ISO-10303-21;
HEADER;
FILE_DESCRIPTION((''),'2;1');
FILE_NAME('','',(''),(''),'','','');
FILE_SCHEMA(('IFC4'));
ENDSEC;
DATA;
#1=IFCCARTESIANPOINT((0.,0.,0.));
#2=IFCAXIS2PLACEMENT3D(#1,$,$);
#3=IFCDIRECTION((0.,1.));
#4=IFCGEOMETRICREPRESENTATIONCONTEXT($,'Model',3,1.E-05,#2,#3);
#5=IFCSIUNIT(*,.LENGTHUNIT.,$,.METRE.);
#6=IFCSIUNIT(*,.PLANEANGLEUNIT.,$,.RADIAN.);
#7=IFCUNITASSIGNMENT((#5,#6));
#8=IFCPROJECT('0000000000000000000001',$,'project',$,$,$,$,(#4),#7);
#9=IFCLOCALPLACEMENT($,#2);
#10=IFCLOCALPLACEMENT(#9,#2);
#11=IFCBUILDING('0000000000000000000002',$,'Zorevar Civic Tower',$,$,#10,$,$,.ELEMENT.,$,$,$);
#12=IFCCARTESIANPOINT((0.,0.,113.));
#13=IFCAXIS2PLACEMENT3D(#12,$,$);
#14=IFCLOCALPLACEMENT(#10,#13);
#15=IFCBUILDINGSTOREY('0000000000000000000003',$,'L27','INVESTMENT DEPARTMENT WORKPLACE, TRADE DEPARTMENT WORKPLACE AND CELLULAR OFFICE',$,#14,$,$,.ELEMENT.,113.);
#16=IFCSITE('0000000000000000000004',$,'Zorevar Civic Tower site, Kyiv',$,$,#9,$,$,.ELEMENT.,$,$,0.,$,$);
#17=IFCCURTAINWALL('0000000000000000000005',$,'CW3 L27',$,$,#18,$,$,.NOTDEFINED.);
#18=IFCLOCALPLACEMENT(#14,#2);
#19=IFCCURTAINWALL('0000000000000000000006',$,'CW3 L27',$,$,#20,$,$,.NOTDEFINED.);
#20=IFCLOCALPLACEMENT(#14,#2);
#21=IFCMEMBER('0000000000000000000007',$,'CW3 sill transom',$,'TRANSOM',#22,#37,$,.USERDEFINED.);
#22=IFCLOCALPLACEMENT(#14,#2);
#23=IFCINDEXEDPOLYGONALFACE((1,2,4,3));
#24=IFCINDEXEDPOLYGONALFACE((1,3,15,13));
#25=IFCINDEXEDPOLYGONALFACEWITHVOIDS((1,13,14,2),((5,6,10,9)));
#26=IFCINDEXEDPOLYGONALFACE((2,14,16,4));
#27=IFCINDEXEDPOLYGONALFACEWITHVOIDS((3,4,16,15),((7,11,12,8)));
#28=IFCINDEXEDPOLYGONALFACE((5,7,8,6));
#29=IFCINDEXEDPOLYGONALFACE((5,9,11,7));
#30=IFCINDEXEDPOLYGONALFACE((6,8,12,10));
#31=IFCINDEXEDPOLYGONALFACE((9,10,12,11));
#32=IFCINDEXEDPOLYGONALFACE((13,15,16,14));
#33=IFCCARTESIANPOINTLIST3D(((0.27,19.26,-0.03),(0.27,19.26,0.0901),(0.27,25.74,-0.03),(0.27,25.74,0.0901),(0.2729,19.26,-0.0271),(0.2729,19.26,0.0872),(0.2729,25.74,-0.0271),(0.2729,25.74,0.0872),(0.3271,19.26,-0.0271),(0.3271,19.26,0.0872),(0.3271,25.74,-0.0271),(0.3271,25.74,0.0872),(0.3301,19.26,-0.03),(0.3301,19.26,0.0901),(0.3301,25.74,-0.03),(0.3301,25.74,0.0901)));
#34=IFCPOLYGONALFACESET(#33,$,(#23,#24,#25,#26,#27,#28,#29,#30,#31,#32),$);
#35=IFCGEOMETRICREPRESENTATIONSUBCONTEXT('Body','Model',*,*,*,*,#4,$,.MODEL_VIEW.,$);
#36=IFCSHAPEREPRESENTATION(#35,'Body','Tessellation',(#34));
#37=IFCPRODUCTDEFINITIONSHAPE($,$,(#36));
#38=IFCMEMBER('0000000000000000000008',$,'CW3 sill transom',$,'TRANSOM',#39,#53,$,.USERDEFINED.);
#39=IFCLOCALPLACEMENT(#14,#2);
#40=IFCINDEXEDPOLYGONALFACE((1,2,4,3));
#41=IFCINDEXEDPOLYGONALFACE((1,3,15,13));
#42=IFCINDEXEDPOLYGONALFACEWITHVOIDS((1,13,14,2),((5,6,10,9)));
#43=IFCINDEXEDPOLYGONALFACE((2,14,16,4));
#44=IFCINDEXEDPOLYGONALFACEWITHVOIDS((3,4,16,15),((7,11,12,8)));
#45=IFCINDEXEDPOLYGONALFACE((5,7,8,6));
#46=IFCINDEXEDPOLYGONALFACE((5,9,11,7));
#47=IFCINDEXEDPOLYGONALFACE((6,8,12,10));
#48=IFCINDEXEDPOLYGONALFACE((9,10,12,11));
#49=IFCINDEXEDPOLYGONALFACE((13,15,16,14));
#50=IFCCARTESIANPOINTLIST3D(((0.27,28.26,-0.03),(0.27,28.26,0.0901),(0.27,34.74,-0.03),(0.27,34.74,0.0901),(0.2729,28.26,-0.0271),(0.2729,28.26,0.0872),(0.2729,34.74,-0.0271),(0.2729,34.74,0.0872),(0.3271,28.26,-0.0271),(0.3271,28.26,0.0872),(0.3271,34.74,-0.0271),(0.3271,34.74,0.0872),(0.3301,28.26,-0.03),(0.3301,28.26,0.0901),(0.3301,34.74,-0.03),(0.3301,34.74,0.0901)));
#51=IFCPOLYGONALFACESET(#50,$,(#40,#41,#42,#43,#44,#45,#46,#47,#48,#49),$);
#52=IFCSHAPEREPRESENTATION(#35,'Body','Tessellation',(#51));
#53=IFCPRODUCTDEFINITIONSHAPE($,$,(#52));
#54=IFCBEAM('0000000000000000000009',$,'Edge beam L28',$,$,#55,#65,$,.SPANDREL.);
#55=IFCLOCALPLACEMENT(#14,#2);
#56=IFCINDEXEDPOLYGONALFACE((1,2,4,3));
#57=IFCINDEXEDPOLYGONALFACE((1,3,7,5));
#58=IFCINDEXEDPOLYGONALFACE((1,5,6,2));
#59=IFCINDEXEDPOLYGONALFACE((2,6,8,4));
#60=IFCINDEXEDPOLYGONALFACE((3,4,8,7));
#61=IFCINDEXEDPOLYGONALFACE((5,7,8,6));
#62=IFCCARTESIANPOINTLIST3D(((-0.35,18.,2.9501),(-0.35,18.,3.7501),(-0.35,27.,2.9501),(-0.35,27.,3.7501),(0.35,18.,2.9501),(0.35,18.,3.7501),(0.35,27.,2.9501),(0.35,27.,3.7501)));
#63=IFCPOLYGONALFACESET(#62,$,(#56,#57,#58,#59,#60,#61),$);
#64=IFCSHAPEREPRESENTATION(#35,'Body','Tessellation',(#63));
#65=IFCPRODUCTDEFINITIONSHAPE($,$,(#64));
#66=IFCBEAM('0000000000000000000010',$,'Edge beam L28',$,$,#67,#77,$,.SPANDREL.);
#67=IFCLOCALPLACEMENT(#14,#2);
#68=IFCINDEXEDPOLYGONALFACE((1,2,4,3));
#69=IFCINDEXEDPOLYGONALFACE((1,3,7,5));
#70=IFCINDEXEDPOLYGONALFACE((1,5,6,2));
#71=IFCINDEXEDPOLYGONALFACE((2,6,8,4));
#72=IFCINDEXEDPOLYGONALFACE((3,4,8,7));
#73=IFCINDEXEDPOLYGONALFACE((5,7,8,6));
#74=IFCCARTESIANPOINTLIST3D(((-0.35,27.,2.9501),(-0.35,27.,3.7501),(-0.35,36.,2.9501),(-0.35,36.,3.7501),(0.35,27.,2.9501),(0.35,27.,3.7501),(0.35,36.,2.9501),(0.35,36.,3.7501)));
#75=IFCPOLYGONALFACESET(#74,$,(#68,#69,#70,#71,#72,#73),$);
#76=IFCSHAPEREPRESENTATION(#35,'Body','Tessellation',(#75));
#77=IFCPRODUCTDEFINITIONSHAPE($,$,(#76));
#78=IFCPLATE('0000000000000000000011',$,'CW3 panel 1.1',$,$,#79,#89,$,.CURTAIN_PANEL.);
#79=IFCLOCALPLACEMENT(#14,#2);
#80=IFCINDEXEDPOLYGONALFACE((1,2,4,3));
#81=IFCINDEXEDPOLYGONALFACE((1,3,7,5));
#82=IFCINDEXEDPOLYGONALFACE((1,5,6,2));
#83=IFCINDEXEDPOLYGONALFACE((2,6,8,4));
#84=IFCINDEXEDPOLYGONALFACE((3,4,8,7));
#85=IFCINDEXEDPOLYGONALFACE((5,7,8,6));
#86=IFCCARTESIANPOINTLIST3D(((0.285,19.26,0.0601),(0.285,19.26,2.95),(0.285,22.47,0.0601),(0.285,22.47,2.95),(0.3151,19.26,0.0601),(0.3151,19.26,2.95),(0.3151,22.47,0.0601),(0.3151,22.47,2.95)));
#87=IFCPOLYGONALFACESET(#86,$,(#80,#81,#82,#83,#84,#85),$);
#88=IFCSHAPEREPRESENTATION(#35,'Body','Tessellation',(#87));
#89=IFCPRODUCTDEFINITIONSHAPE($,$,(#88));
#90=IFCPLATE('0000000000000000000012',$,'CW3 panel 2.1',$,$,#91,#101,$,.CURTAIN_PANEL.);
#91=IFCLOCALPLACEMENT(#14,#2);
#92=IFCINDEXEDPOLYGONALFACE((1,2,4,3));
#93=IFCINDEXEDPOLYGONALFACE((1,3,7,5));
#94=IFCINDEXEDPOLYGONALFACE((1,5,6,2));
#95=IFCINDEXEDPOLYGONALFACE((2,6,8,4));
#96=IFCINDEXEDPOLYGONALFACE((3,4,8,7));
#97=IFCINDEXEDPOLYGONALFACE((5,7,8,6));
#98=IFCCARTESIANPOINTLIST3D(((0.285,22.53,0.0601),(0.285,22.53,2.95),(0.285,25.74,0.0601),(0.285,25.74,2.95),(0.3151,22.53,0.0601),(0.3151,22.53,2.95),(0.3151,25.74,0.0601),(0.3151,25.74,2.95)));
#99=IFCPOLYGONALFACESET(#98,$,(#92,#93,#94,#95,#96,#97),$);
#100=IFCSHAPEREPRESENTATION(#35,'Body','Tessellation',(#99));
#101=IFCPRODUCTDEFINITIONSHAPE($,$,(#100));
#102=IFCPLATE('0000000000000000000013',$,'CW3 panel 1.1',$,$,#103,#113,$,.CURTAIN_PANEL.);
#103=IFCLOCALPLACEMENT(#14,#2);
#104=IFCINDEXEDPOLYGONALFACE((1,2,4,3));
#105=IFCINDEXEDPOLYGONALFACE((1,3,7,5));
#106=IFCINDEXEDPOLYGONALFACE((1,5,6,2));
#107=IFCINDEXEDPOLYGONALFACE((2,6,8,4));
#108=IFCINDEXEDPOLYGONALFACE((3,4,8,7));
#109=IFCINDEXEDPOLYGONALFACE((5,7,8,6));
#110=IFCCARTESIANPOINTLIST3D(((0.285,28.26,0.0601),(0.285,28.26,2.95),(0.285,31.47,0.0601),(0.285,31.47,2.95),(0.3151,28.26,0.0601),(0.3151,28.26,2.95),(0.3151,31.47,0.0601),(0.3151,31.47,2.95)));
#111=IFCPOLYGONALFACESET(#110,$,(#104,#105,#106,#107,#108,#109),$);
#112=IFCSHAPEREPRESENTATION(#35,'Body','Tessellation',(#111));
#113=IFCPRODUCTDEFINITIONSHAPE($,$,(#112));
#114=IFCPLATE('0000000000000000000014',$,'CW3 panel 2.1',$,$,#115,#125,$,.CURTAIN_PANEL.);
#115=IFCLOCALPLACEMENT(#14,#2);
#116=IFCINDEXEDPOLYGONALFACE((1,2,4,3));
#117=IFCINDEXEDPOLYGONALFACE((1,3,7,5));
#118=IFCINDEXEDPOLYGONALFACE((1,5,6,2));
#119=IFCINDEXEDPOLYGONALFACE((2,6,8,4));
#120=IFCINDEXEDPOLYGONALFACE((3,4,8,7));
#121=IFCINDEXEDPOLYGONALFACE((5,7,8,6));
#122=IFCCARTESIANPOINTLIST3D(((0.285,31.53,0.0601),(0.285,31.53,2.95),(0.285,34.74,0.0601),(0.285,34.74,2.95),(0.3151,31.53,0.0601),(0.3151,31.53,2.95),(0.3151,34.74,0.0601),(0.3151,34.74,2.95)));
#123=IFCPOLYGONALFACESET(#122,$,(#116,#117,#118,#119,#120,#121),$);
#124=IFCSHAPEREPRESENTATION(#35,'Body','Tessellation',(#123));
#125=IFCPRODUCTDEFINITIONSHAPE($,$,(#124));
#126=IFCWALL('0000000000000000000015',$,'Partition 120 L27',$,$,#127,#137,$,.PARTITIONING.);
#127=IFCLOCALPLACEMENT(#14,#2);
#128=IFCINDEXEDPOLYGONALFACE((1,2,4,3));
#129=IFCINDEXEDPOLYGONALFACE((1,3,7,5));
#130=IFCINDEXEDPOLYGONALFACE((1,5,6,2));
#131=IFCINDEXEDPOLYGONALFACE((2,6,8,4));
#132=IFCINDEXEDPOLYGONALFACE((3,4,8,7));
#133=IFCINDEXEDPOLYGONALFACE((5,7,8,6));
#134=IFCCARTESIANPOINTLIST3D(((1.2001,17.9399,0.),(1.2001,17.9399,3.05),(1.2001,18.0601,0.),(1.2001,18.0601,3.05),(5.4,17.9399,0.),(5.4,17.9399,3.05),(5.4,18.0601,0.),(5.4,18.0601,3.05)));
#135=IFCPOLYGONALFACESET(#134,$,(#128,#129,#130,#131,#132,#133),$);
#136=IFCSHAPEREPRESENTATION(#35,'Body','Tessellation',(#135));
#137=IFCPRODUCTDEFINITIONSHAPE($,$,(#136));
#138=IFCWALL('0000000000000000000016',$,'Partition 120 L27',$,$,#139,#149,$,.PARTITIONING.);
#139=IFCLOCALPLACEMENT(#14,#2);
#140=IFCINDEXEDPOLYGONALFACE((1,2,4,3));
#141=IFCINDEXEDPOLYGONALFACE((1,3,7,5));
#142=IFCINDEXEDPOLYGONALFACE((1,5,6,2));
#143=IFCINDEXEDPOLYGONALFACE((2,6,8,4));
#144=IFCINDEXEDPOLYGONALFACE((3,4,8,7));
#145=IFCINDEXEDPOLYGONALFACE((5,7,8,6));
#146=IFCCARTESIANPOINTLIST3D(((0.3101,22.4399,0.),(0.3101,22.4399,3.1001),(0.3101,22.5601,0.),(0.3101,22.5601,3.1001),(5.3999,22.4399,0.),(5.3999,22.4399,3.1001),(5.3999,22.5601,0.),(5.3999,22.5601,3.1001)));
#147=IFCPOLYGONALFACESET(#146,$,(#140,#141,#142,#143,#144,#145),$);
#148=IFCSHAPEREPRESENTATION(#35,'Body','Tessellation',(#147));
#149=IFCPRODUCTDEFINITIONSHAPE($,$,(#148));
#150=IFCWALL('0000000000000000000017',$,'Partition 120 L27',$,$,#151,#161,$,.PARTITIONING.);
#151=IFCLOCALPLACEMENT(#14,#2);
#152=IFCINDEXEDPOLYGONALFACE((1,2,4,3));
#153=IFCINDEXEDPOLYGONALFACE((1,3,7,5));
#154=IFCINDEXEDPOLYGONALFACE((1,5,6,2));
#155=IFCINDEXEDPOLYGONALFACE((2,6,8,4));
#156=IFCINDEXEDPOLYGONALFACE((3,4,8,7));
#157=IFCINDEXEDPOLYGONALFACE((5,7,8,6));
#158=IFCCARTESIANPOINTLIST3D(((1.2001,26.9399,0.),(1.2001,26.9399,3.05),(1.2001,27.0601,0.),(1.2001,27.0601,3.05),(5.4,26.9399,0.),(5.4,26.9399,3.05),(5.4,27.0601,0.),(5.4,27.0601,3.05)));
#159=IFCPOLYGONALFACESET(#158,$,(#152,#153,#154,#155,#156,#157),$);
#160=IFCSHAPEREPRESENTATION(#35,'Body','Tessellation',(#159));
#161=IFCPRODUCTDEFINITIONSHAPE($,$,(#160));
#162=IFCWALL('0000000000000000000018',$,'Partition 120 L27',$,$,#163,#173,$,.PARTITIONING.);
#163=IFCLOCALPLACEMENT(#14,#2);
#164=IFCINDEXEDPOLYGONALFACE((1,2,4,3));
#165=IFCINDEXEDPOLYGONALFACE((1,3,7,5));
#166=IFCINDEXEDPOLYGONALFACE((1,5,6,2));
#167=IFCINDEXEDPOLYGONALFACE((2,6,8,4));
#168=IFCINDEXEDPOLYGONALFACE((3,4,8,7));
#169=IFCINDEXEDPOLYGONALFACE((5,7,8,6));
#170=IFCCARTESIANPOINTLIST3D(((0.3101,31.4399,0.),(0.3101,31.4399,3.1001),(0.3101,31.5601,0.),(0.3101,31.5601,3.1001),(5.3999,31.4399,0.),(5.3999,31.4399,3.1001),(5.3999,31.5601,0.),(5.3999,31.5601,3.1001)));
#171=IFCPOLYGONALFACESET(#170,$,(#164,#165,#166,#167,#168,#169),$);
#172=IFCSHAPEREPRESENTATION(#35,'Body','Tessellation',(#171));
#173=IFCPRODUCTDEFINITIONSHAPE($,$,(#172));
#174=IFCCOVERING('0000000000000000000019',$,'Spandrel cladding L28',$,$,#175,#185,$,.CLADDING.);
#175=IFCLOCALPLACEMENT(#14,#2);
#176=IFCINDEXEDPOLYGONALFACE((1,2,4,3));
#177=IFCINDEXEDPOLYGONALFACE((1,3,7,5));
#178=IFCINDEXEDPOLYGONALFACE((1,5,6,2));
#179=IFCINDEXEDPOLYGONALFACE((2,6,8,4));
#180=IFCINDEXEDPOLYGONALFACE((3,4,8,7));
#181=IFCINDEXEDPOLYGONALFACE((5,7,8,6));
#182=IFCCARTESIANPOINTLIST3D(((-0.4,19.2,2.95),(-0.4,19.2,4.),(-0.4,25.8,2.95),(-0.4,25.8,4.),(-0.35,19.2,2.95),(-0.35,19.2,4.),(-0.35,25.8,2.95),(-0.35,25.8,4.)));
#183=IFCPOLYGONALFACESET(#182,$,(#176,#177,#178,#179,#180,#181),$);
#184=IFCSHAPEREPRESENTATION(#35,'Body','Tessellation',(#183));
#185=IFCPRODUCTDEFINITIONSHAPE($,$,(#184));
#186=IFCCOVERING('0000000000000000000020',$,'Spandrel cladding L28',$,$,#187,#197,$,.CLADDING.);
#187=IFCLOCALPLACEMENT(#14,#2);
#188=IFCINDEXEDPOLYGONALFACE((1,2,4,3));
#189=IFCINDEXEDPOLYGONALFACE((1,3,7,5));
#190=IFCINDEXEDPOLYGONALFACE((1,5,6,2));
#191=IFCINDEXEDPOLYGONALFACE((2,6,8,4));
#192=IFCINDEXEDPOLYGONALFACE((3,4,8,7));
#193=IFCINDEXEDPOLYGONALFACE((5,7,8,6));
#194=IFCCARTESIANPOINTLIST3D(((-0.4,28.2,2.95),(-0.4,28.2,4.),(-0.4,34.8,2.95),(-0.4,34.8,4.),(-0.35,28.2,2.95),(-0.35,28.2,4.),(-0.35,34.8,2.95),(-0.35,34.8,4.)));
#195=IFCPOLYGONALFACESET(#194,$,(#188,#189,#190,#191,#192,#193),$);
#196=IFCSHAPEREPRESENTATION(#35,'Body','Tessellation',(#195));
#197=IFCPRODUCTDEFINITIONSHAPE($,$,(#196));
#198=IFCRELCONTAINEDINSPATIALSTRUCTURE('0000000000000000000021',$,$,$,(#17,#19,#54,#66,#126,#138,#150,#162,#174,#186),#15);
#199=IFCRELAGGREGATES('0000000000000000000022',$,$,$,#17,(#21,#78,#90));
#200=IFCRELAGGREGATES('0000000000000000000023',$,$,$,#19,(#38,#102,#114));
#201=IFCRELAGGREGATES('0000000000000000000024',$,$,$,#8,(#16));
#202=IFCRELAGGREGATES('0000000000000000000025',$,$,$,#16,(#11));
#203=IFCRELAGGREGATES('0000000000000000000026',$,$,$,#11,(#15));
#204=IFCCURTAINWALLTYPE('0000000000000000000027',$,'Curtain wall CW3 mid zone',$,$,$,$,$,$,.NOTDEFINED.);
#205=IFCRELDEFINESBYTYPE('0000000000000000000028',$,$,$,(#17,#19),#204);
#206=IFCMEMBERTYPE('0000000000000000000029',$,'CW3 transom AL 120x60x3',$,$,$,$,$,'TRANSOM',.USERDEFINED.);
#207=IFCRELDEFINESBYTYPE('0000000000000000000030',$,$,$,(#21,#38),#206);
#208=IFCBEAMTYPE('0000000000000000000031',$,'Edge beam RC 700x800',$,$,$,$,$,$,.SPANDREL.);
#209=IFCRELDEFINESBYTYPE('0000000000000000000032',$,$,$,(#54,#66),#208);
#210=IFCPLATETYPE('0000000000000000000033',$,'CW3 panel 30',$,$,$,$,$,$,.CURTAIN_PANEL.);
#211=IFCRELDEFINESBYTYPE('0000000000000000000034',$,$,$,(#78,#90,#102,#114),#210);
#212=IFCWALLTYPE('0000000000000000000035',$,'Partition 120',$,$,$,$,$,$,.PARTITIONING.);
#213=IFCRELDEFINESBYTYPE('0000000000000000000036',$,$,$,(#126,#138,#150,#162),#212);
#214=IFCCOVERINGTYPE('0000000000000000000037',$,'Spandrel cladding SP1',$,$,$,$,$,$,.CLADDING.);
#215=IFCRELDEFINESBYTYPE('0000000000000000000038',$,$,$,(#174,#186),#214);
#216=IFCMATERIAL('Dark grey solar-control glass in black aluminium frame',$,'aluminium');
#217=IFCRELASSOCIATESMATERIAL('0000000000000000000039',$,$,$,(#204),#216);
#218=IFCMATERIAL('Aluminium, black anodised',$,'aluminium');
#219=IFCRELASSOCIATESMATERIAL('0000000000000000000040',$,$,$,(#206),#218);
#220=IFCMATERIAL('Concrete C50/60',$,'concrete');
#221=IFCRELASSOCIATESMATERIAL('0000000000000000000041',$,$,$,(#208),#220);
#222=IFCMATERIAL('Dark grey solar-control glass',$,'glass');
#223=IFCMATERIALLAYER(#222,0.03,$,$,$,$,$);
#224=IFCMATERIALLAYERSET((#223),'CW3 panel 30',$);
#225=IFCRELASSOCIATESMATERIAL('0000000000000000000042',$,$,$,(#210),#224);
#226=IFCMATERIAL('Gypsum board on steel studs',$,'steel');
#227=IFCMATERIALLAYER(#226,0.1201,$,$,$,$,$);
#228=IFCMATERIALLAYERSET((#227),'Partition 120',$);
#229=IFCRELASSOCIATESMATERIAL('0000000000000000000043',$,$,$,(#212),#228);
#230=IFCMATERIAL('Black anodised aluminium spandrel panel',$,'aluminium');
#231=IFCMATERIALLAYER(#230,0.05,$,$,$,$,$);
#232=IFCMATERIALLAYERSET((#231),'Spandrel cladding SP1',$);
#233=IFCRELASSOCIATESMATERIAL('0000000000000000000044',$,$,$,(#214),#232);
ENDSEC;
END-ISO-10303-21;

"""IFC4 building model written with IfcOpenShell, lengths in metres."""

from ifc_helpers import new_model, si_unit, direction, frame, frame_2d, origin, origin_2d, place, context, subcontext, project, spatial, rectangle, hollow_rectangle, extrude, material, layer, layer_set, material_profile, profile_set, type_object, element, aggregate, save


model = new_model("IFC4")

# Units and contexts
model_context = context("Model", 3, precision=1e-05, world=origin(), true_north=direction((0.0, 1.0)))
body_context = subcontext(model_context, "Body", "Model", "MODEL_VIEW")
ifc_project = project(units=[si_unit("LENGTHUNIT", "METRE"), si_unit("PLANEANGLEUNIT", "RADIAN")], contexts=[model_context])

# Site, building, storey
site_placement = place(None, origin())
site = spatial("IfcSite", under=ifc_project, at=site_placement, Name="Zorevar Civic Tower site, Kyiv", CompositionType="ELEMENT", RefElevation=0.0)
building_placement = place(site_placement, origin())
building = spatial("IfcBuilding", under=site, at=building_placement, Name="Zorevar Civic Tower", CompositionType="ELEMENT")
storey_placement = place(building_placement, frame((0.0, 0.0, 113.0)))
storey = spatial("IfcBuildingStorey", under=building, at=storey_placement, Name="L27", Description="INVESTMENT DEPARTMENT WORKPLACE, TRADE DEPARTMENT WORKPLACE AND CELLULAR OFFICE", CompositionType="ELEMENT", Elevation=113.0)

# Curtain walls
ifc_material_1 = material(Name="Dark grey solar-control glass in black aluminium frame", Category="aluminium")
curtain_wall_type = type_object("IfcCurtainWallType", Name="Curtain wall CW3 mid zone", PredefinedType="NOTDEFINED", material=ifc_material_1)
curtain_wall_1_placement = place(storey_placement, origin())
curtain_wall_1 = element("IfcCurtainWall", 1, at=curtain_wall_1_placement, inside=storey, type_object=curtain_wall_type, Name="CW3 L27", PredefinedType="NOTDEFINED")
curtain_wall_2_placement = place(storey_placement, origin())
curtain_wall_2 = element("IfcCurtainWall", 2, at=curtain_wall_2_placement, inside=storey, type_object=curtain_wall_type, Name="CW3 L27", PredefinedType="NOTDEFINED")

# Members
ifc_material_2 = material(Name="Aluminium, black anodised", Category="aluminium")
ifc_material_profile_1 = material_profile(ifc_material_2, hollow_rectangle(XDim=0.0601, YDim=0.1201, WallThickness=0.0029, at=origin_2d()), Name="AL 120x60x3")
ifc_profile_set_1 = profile_set([ifc_material_profile_1], Name="Aluminium, black anodised")
member_type_1 = type_object("IfcMemberType", Name="CW3 transom AL 120x60x3", ElementType="TRANSOM", PredefinedType="USERDEFINED", material=ifc_profile_set_1)
member_1_placement = place(storey_placement, frame((0.3, 19.26, 0.03), z_axis=(0.0, 1.0, 0.0), x_axis=(-1.0, 0.0, 0.0)))
member_1 = element("IfcMember", 3, at=member_1_placement, type_object=member_type_1, Name="CW3 sill transom", ObjectType="TRANSOM", PredefinedType="USERDEFINED", context=body_context, shape_type="SweptSolid", body=[
    extrude(hollow_rectangle(XDim=0.0601, YDim=0.1201, WallThickness=0.0029, at=origin_2d()), origin(), (0.0, 0.0, 1.0), 6.48),
])
member_2_placement = place(storey_placement, frame((0.3, 28.26, 0.03), z_axis=(0.0, 1.0, 0.0), x_axis=(-1.0, 0.0, 0.0)))
member_2 = element("IfcMember", 4, at=member_2_placement, type_object=member_type_1, Name="CW3 sill transom", ObjectType="TRANSOM", PredefinedType="USERDEFINED", context=body_context, shape_type="SweptSolid", body=[
    extrude(hollow_rectangle(XDim=0.0601, YDim=0.1201, WallThickness=0.0029, at=origin_2d()), origin(), (0.0, 0.0, 1.0), 6.48),
])

# Beams
ifc_material_3 = material(Name="Concrete C50/60", Category="concrete")
ifc_material_profile_2 = material_profile(ifc_material_3, rectangle(XDim=0.7, YDim=0.8, at=origin_2d()), Name="RC 700x800")
ifc_profile_set_2 = profile_set([ifc_material_profile_2], Name="Concrete C50/60")
beam_type_1 = type_object("IfcBeamType", Name="Edge beam RC 700x800", PredefinedType="SPANDREL", material=ifc_profile_set_2)
for number, where, z_axis, x_axis, name in (
    (5, (0.0, 18.0, 3.3501), (0.0, 1.0, 0.0), (-1.0, 0.0, 0.0), "Edge beam L28"),
    (6, (0.0, 27.0, 3.3501), (0.0, 1.0, 0.0), (-1.0, 0.0, 0.0), "Edge beam L28"),
):
    element("IfcBeam", number, at=place(storey_placement, frame(where, z_axis=z_axis, x_axis=x_axis)), inside=storey, type_object=beam_type_1, Name=name, PredefinedType="SPANDREL", context=body_context, shape_type="SweptSolid", body=[
        extrude(rectangle(XDim=0.7, YDim=0.8, at=origin_2d()), origin(), (0.0, 0.0, 1.0), 9.0),
    ])

# Plates
ifc_material_4 = material(Name="Dark grey solar-control glass", Category="glass")
ifc_layer_1 = layer(ifc_material_4, 0.03)
ifc_layer_set_1 = layer_set([ifc_layer_1], Name="CW3 panel 30")
plate_type = type_object("IfcPlateType", Name="CW3 panel 30", PredefinedType="CURTAIN_PANEL", material=ifc_layer_set_1)
plate_1_placement = place(storey_placement, frame((0.3, 20.865, 0.0601), z_axis=(0.0, 0.0, 1.0), x_axis=(0.0, 1.0, 0.0)))
plate_1 = element("IfcPlate", 7, at=plate_1_placement, type_object=plate_type, Name="CW3 panel 1.1", PredefinedType="CURTAIN_PANEL", context=body_context, shape_type="SweptSolid", body=[
    extrude(rectangle(XDim=3.21, YDim=0.03, at=origin_2d()), origin(), (0.0, 0.0, 1.0), 2.8899),
])
plate_2_placement = place(storey_placement, frame((0.3, 24.135, 0.0601), z_axis=(0.0, 0.0, 1.0), x_axis=(0.0, 1.0, 0.0)))
plate_2 = element("IfcPlate", 8, at=plate_2_placement, type_object=plate_type, Name="CW3 panel 2.1", PredefinedType="CURTAIN_PANEL", context=body_context, shape_type="SweptSolid", body=[
    extrude(rectangle(XDim=3.21, YDim=0.03, at=origin_2d()), origin(), (0.0, 0.0, 1.0), 2.8899),
])
aggregate(curtain_wall_1, [member_1, plate_1, plate_2])
plate_3_placement = place(storey_placement, frame((0.3, 29.865, 0.0601), z_axis=(0.0, 0.0, 1.0), x_axis=(0.0, 1.0, 0.0)))
plate_3 = element("IfcPlate", 9, at=plate_3_placement, type_object=plate_type, Name="CW3 panel 1.1", PredefinedType="CURTAIN_PANEL", context=body_context, shape_type="SweptSolid", body=[
    extrude(rectangle(XDim=3.21, YDim=0.03, at=origin_2d()), origin(), (0.0, 0.0, 1.0), 2.8899),
])
plate_4_placement = place(storey_placement, frame((0.3, 33.135, 0.0601), z_axis=(0.0, 0.0, 1.0), x_axis=(0.0, 1.0, 0.0)))
plate_4 = element("IfcPlate", 10, at=plate_4_placement, type_object=plate_type, Name="CW3 panel 2.1", PredefinedType="CURTAIN_PANEL", context=body_context, shape_type="SweptSolid", body=[
    extrude(rectangle(XDim=3.21, YDim=0.03, at=origin_2d()), origin(), (0.0, 0.0, 1.0), 2.8899),
])
aggregate(curtain_wall_2, [member_2, plate_3, plate_4])

# Walls
ifc_material_5 = material(Name="Gypsum board on steel studs", Category="steel")
ifc_layer_2 = layer(ifc_material_5, 0.1201)
ifc_layer_set_2 = layer_set([ifc_layer_2], Name="Partition 120")
wall_type = type_object("IfcWallType", Name="Partition 120", PredefinedType="PARTITIONING", material=ifc_layer_set_2)
wall_1_placement = place(storey_placement, frame((1.2, 18.0, 0.0), z_axis=(0.0, 0.0, 1.0), x_axis=(1.0, 0.0, 0.0)))
element("IfcWall", 11, at=wall_1_placement, inside=storey, type_object=wall_type, Name="Partition 120 L27", PredefinedType="PARTITIONING", context=body_context, shape_type="SweptSolid", body=[
    extrude(rectangle(XDim=4.2, YDim=0.1201, at=frame_2d((2.1001, 0.0))), origin(), (0.0, 0.0, 1.0), 3.05),
])
wall_2_placement = place(storey_placement, frame((0.3101, 22.5, 0.0), z_axis=(0.0, 0.0, 1.0), x_axis=(1.0, 0.0, 0.0)))
element("IfcWall", 12, at=wall_2_placement, inside=storey, type_object=wall_type, Name="Partition 120 L27", PredefinedType="PARTITIONING", context=body_context, shape_type="SweptSolid", body=[
    extrude(rectangle(XDim=5.0898, YDim=0.1201, at=frame_2d((2.5449, 0.0))), origin(), (0.0, 0.0, 1.0), 3.1001),
])
wall_3_placement = place(storey_placement, frame((1.2, 27.0, 0.0), z_axis=(0.0, 0.0, 1.0), x_axis=(1.0, 0.0, 0.0)))
element("IfcWall", 13, at=wall_3_placement, inside=storey, type_object=wall_type, Name="Partition 120 L27", PredefinedType="PARTITIONING", context=body_context, shape_type="SweptSolid", body=[
    extrude(rectangle(XDim=4.2, YDim=0.1201, at=frame_2d((2.1001, 0.0))), origin(), (0.0, 0.0, 1.0), 3.05),
])
wall_4_placement = place(storey_placement, frame((0.3101, 31.5, 0.0), z_axis=(0.0, 0.0, 1.0), x_axis=(1.0, 0.0, 0.0)))
element("IfcWall", 14, at=wall_4_placement, inside=storey, type_object=wall_type, Name="Partition 120 L27", PredefinedType="PARTITIONING", context=body_context, shape_type="SweptSolid", body=[
    extrude(rectangle(XDim=5.0898, YDim=0.1201, at=frame_2d((2.5449, 0.0))), origin(), (0.0, 0.0, 1.0), 3.1001),
])

# Coverings
ifc_material_6 = material(Name="Black anodised aluminium spandrel panel", Category="aluminium")
ifc_layer_3 = layer(ifc_material_6, 0.05)
ifc_layer_set_3 = layer_set([ifc_layer_3], Name="Spandrel cladding SP1")
covering_type = type_object("IfcCoveringType", Name="Spandrel cladding SP1", PredefinedType="CLADDING", material=ifc_layer_set_3)
for number, where, z_axis, x_axis, name in (
    (15, (-0.375, 19.2, 2.95), (0.0, 0.0, 1.0), (0.0, 1.0, 0.0), "Spandrel cladding L28"),
    (16, (-0.375, 28.2, 2.95), (0.0, 0.0, 1.0), (0.0, 1.0, 0.0), "Spandrel cladding L28"),
):
    element("IfcCovering", number, at=place(storey_placement, frame(where, z_axis=z_axis, x_axis=x_axis)), inside=storey, type_object=covering_type, Name=name, PredefinedType="CLADDING", context=body_context, shape_type="SweptSolid", body=[
        extrude(rectangle(XDim=6.6001, YDim=0.05, at=frame_2d((3.3, 0.0))), origin(), (0.0, 0.0, 1.0), 1.05),
    ])

save(model, "model.ifc")
